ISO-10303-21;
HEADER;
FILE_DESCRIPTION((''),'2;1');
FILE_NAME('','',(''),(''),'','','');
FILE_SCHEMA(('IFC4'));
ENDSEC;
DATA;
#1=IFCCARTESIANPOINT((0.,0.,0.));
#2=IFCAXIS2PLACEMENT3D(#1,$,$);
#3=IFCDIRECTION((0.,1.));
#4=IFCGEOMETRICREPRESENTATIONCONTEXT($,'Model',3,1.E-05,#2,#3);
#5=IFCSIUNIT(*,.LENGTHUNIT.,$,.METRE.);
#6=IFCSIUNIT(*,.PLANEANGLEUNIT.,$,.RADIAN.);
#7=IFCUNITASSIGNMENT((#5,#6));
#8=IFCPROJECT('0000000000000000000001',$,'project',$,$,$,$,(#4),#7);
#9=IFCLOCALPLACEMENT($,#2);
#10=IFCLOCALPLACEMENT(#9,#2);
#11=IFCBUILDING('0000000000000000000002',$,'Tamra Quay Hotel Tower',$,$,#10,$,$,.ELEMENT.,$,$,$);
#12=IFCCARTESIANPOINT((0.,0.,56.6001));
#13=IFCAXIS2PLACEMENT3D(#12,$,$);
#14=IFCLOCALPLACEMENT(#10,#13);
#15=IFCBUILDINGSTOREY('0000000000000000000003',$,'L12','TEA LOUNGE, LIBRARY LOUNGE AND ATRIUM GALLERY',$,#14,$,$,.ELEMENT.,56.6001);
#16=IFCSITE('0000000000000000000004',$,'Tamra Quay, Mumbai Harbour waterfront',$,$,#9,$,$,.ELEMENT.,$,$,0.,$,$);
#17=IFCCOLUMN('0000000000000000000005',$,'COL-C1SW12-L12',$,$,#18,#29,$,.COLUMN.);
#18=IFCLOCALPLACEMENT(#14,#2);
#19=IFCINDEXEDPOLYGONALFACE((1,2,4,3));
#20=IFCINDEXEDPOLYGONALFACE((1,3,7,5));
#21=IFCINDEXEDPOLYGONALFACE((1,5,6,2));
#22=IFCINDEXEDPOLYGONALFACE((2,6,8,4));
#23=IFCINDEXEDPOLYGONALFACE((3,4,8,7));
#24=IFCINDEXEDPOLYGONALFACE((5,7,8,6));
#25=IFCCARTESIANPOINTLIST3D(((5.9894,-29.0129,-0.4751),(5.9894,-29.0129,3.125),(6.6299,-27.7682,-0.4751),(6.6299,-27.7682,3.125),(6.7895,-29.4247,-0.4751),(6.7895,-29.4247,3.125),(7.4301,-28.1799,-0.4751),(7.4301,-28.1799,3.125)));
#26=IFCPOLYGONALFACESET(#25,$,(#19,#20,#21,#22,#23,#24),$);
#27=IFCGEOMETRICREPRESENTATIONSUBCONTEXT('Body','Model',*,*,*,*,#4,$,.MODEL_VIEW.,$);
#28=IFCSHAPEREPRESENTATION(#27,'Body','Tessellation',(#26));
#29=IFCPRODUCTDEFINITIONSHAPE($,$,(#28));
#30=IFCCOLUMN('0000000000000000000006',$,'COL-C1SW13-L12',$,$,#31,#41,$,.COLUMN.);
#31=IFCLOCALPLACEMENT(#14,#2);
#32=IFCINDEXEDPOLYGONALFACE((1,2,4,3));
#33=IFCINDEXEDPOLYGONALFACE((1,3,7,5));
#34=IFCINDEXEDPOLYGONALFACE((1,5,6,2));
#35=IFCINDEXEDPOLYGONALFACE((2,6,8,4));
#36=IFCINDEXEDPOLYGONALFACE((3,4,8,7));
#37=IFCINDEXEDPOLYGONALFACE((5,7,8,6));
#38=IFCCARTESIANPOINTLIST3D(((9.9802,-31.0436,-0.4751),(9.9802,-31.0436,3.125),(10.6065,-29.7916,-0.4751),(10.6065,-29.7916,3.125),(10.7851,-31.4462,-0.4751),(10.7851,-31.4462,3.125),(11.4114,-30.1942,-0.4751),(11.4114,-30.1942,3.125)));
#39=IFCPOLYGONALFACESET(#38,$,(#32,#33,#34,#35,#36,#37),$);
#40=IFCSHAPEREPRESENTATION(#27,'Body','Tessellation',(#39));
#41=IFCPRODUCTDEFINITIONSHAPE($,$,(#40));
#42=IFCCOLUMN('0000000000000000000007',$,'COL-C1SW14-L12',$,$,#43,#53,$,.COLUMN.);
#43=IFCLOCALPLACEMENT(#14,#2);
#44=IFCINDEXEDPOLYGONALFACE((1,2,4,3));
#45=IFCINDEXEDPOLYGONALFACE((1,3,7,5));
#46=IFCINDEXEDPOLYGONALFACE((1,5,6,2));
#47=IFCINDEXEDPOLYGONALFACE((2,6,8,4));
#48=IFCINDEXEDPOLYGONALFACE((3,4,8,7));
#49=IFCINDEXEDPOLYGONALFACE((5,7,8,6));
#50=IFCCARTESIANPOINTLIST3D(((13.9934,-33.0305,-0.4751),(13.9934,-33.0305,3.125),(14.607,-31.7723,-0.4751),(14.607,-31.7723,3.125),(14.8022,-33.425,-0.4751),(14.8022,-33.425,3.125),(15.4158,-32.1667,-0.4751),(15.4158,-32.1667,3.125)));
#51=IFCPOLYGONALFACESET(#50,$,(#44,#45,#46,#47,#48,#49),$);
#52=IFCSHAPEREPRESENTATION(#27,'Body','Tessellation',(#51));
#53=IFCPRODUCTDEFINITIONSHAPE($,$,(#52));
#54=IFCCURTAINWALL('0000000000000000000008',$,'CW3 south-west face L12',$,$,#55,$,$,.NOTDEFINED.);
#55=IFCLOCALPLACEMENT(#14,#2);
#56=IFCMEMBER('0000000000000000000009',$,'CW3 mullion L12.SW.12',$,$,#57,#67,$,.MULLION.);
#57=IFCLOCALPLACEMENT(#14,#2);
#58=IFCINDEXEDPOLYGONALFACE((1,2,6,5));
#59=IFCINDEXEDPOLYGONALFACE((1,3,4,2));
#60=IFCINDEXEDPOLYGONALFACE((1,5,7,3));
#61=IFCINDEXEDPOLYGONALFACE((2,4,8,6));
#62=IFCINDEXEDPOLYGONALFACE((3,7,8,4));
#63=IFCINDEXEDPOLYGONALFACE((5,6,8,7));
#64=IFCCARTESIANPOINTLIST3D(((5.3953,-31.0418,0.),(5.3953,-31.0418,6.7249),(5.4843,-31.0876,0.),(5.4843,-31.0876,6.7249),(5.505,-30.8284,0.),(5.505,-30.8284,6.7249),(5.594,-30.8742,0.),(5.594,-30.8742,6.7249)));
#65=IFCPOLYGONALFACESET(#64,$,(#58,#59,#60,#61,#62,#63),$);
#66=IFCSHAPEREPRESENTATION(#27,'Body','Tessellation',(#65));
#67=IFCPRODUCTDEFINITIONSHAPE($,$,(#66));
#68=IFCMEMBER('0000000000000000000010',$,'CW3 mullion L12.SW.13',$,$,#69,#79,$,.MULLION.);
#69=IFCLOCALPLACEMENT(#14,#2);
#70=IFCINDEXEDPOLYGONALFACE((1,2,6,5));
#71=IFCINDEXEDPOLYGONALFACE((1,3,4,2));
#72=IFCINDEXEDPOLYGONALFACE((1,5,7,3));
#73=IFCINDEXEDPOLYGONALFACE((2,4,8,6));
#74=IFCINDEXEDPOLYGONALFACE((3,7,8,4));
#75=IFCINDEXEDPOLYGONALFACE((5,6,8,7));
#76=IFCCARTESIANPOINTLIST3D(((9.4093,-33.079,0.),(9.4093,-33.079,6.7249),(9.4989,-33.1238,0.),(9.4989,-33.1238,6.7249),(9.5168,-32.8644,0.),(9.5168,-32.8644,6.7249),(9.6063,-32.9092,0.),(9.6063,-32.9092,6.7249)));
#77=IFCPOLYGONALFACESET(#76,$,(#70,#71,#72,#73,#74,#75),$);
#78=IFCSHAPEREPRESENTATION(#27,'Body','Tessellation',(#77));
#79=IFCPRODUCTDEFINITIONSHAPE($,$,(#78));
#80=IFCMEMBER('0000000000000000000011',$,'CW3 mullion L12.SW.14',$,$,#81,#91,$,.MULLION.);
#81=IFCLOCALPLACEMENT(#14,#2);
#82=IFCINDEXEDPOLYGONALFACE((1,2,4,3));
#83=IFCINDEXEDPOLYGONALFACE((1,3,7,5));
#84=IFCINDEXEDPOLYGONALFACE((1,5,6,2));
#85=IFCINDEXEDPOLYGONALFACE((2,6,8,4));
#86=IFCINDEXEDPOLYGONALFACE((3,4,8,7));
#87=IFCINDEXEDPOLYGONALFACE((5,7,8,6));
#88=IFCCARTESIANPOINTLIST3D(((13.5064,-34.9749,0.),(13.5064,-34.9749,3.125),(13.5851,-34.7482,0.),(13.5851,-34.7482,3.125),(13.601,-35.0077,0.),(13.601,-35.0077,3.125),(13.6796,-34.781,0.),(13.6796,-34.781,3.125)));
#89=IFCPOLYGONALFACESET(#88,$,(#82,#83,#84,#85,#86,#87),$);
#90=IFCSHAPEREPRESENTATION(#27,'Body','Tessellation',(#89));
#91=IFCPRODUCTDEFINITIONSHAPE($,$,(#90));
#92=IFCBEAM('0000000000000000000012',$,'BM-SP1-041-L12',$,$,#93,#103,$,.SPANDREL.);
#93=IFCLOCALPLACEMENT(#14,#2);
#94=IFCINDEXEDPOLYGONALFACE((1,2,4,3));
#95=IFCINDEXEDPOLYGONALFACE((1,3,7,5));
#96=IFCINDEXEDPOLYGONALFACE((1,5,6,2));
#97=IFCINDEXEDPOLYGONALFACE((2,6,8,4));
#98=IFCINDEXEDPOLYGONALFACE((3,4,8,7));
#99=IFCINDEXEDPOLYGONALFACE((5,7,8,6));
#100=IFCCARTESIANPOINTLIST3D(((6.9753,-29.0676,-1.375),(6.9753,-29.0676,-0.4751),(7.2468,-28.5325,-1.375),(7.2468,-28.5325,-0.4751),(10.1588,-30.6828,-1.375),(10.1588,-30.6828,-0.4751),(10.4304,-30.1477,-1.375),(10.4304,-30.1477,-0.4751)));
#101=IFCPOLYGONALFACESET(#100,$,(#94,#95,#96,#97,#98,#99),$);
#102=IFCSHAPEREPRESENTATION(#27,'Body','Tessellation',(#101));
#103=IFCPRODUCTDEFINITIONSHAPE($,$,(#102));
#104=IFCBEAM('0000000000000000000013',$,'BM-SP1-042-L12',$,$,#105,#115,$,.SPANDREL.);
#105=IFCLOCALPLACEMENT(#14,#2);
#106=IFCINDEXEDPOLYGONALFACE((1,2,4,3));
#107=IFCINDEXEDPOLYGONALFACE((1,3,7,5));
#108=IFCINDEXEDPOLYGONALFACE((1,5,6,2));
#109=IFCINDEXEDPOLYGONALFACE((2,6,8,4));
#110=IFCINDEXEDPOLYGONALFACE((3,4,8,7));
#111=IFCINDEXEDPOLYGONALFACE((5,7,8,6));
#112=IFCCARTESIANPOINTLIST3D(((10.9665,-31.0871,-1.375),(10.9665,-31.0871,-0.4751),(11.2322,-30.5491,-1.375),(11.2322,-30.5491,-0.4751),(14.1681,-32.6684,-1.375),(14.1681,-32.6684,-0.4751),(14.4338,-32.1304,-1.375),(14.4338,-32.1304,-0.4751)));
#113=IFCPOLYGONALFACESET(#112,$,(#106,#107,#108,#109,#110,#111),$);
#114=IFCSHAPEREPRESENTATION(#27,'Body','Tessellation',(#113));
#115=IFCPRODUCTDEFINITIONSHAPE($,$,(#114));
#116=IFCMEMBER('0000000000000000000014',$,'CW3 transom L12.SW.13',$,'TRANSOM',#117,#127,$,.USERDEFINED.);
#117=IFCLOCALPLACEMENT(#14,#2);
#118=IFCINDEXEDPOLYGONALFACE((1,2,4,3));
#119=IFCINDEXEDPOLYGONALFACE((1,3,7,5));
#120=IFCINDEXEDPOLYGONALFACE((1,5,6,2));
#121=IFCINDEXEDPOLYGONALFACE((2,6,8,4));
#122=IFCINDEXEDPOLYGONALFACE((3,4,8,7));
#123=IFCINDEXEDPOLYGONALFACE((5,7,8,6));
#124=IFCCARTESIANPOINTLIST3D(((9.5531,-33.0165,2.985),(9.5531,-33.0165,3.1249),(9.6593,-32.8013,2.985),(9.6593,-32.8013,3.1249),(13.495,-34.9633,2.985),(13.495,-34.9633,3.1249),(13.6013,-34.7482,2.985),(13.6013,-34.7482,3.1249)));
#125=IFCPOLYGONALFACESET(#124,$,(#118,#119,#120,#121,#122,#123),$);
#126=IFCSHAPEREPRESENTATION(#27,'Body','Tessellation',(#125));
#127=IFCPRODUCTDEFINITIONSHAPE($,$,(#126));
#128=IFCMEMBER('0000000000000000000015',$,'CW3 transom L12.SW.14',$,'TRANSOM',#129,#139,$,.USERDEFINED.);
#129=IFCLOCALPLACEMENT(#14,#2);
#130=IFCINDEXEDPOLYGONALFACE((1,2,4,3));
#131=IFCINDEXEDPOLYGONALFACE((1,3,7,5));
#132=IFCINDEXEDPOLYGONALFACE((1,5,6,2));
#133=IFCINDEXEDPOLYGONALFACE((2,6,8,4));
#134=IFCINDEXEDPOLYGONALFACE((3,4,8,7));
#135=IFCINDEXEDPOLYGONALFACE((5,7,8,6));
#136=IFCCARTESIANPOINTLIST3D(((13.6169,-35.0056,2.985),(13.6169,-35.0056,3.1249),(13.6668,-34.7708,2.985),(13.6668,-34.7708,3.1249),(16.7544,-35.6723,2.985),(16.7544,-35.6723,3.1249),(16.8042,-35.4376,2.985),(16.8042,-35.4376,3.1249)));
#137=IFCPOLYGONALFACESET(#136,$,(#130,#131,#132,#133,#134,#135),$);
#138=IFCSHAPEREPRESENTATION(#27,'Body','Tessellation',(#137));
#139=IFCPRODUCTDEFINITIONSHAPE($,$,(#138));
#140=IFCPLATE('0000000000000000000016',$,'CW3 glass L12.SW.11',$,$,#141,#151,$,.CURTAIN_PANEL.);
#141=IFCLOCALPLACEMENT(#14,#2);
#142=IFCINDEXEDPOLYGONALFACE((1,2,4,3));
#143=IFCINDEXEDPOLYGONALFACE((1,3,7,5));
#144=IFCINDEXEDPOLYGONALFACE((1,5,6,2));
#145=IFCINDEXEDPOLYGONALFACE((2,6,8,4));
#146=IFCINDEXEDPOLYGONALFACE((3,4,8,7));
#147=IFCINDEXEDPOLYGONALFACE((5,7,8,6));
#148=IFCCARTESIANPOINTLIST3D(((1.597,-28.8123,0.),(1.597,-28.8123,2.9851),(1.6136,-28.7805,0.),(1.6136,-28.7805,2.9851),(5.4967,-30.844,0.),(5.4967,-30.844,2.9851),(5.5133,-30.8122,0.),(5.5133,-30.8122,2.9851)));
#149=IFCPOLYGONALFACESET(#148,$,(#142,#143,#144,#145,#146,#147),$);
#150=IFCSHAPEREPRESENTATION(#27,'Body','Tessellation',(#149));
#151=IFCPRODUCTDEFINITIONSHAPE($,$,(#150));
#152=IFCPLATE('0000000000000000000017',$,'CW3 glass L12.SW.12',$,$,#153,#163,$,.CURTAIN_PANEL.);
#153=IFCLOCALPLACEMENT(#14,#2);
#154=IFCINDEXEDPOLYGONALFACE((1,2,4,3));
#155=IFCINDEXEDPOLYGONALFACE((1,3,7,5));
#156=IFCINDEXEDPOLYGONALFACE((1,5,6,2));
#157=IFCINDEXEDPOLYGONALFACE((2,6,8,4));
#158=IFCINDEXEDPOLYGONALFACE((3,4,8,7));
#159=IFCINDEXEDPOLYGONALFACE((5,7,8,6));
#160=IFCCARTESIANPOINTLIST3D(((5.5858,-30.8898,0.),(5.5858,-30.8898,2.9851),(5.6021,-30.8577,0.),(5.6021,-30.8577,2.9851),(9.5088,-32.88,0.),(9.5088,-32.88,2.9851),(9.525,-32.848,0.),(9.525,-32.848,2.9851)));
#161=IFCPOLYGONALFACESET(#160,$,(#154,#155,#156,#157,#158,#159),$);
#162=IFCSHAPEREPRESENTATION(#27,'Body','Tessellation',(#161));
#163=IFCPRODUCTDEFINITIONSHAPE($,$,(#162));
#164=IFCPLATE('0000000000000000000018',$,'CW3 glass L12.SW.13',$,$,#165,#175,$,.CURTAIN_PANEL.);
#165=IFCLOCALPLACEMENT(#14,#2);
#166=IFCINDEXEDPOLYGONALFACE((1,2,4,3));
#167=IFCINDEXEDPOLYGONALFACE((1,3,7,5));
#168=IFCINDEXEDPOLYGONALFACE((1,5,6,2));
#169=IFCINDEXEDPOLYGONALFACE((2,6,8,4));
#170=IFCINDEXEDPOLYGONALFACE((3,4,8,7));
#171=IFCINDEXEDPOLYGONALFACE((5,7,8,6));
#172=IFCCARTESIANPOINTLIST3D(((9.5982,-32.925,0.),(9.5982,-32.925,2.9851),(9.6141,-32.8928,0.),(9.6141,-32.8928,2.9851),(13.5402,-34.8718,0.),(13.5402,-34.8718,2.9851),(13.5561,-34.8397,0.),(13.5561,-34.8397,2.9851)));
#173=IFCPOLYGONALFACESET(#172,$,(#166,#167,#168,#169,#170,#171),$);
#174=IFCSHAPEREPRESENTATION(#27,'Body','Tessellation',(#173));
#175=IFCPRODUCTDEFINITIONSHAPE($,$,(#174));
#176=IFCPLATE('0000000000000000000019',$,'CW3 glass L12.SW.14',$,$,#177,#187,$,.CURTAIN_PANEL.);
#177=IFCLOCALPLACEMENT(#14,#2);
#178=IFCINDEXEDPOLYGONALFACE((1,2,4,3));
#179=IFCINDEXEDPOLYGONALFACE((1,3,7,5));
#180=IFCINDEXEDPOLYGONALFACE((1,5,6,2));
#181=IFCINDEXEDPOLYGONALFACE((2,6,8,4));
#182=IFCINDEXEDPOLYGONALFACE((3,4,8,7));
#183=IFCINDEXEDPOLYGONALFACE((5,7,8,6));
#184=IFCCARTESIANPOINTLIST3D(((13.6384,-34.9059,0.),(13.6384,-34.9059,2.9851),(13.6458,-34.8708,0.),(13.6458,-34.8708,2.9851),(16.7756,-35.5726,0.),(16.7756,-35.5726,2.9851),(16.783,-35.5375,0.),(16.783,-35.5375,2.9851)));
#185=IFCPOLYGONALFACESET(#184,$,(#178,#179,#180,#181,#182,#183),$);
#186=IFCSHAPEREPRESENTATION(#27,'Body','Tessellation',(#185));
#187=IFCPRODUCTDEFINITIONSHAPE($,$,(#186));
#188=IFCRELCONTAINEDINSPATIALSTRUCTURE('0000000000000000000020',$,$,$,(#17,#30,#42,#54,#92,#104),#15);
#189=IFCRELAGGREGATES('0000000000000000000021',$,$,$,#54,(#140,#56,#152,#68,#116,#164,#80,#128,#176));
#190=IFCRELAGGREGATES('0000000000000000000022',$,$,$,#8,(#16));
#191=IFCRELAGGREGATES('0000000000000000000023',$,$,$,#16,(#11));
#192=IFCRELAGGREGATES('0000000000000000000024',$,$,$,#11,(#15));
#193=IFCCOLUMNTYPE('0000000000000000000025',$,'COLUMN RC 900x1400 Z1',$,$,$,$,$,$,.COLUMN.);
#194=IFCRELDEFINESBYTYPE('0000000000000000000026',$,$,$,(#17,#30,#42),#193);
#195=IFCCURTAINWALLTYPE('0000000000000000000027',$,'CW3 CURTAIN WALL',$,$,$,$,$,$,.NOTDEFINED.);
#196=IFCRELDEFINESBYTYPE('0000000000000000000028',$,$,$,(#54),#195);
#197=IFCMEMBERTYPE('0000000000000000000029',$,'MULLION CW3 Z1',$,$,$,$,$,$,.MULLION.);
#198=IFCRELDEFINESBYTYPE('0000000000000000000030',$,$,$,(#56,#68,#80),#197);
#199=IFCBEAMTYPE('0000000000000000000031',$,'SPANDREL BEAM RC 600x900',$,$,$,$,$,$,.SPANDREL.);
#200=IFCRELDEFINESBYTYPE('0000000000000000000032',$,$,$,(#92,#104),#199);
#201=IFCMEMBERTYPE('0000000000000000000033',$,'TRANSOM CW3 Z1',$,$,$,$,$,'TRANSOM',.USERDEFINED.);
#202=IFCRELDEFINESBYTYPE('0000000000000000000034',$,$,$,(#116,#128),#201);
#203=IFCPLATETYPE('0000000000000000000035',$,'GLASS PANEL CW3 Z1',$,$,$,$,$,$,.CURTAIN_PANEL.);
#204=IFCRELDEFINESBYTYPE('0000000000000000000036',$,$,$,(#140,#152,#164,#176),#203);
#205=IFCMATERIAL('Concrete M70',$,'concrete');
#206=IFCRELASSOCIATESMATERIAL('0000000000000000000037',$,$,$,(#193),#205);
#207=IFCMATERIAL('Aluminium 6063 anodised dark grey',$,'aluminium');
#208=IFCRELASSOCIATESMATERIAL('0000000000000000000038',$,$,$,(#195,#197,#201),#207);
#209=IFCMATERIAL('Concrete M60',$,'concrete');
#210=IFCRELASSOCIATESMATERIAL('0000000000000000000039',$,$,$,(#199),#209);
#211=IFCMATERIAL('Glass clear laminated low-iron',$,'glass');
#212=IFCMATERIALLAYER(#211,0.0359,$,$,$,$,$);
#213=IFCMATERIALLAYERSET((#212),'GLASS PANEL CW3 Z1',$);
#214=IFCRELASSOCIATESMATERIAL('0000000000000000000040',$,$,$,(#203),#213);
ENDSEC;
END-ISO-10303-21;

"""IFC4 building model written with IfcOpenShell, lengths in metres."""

from ifc_helpers import new_model, si_unit, direction, frame, origin, origin_2d, place, context, subcontext, project, spatial, rectangle, extrude, material, layer, layer_set, material_profile, profile_set, type_object, element, aggregate, save


model = new_model("IFC4")

# Units and contexts
model_context = context("Model", 3, precision=1e-05, world=origin(), true_north=direction((0.0, 1.0)))
body_context = subcontext(model_context, "Body", "Model", "MODEL_VIEW")
ifc_project = project(units=[si_unit("LENGTHUNIT", "METRE"), si_unit("PLANEANGLEUNIT", "RADIAN")], contexts=[model_context])

# Site, building, storey
site_placement = place(None, origin())
site = spatial("IfcSite", under=ifc_project, at=site_placement, Name="Tamra Quay, Mumbai Harbour waterfront", CompositionType="ELEMENT", RefElevation=0.0)
building_placement = place(site_placement, origin())
building = spatial("IfcBuilding", under=site, at=building_placement, Name="Tamra Quay Hotel Tower", CompositionType="ELEMENT")
storey_placement = place(building_placement, frame((0.0, 0.0, 56.6001)))
storey = spatial("IfcBuildingStorey", under=building, at=storey_placement, Name="L12", Description="TEA LOUNGE, LIBRARY LOUNGE AND ATRIUM GALLERY", CompositionType="ELEMENT", Elevation=56.6001)

# Columns
ifc_material_1 = material(Name="Concrete M70", Category="concrete")
ifc_material_profile_1 = material_profile(ifc_material_1, rectangle(XDim=1.3999, YDim=0.8999, at=origin_2d()), Name="COLUMN RC 900x1400 Z1")
ifc_profile_set_1 = profile_set([ifc_material_profile_1], Name="Concrete M70")
column_type = type_object("IfcColumnType", Name="COLUMN RC 900x1400 Z1", PredefinedType="COLUMN", material=ifc_profile_set_1)
for number, where, z_axis, x_axis, name in (
    (1, (6.7097, -28.5964, -0.4751), (0.0, 0.0, 1.0), (0.457548, 0.889185, 0.0), "COL-C1SW12-L12"),
    (2, (10.6958, -30.6189, -0.4751), (0.0, 0.0, 1.0), (0.447377, 0.894346, 0.0), "COL-C1SW13-L12"),
    (3, (14.7046, -32.5986, -0.4751), (0.0, 0.0, 1.0), (0.438341, 0.898809, 0.0), "COL-C1SW14-L12"),
):
    element("IfcColumn", number, at=place(storey_placement, frame(where, z_axis=z_axis, x_axis=x_axis)), inside=storey, type_object=column_type, Name=name, PredefinedType="COLUMN", context=body_context, shape_type="SweptSolid", body=[
        extrude(rectangle(XDim=1.3999, YDim=0.8999, at=origin_2d()), origin(), (0.0, 0.0, 1.0), 3.6001),
    ])

# Curtain wall, members
ifc_material_2 = material(Name="Aluminium 6063 anodised dark grey", Category="aluminium")
curtain_wall_type = type_object("IfcCurtainWallType", Name="CW3 CURTAIN WALL", PredefinedType="NOTDEFINED", material=ifc_material_2)
curtain_wall_placement = place(storey_placement, origin())
curtain_wall = element("IfcCurtainWall", 4, at=curtain_wall_placement, inside=storey, type_object=curtain_wall_type, Name="CW3 south-west face L12", PredefinedType="NOTDEFINED")
ifc_material_profile_2 = material_profile(ifc_material_2, rectangle(XDim=0.24, YDim=0.1001, at=origin_2d()), Name="MULLION 100X240")
ifc_profile_set_2 = profile_set([ifc_material_profile_2], Name="Aluminium 6063 anodised dark grey")
member_type_1 = type_object("IfcMemberType", Name="MULLION CW3 Z1", PredefinedType="MULLION", material=ifc_profile_set_2)
member_1_placement = place(storey_placement, frame((5.4946, -30.958, 0.0), z_axis=(0.0, 0.0, 1.0), x_axis=(-0.457254, -0.889336, 0.0)))
member_1 = element("IfcMember", 5, at=member_1_placement, type_object=member_type_1, Name="CW3 mullion L12.SW.12", PredefinedType="MULLION", context=body_context, shape_type="SweptSolid", body=[
    extrude(rectangle(XDim=0.24, YDim=0.1001, at=origin_2d()), origin(), (0.0, 0.0, 1.0), 6.7249),
])
member_2_placement = place(storey_placement, frame((9.5078, -32.9941, 0.0), z_axis=(0.0, 0.0, 1.0), x_axis=(-0.447641, -0.894213, 0.0)))
member_2 = element("IfcMember", 6, at=member_2_placement, type_object=member_type_1, Name="CW3 mullion L12.SW.13", PredefinedType="MULLION", context=body_context, shape_type="SweptSolid", body=[
    extrude(rectangle(XDim=0.24, YDim=0.1001, at=origin_2d()), origin(), (0.0, 0.0, 1.0), 6.7249),
])
member_3_placement = place(storey_placement, frame((13.593, -34.8779, 0.0), z_axis=(0.0, 0.0, 1.0), x_axis=(-0.327898, -0.944713, 0.0)))
member_3 = element("IfcMember", 7, at=member_3_placement, type_object=member_type_1, Name="CW3 mullion L12.SW.14", PredefinedType="MULLION", context=body_context, shape_type="SweptSolid", body=[
    extrude(rectangle(XDim=0.24, YDim=0.1001, at=origin_2d()), origin(), (0.0, 0.0, 1.0), 3.125),
])

# Beams
ifc_material_3 = material(Name="Concrete M60", Category="concrete")
ifc_material_profile_3 = material_profile(ifc_material_3, rectangle(XDim=0.6001, YDim=0.8999, at=origin_2d()), Name="SPANDREL BEAM RC 600x900")
ifc_profile_set_3 = profile_set([ifc_material_profile_3], Name="Concrete M60")
beam_type = type_object("IfcBeamType", Name="SPANDREL BEAM RC 600x900", PredefinedType="SPANDREL", material=ifc_profile_set_3)
beam_1_placement = place(storey_placement, frame((7.1111, -28.8, -0.925), z_axis=(0.891786, -0.452458, 0.0), x_axis=(0.452458, 0.891786, 0.0)))
element("IfcBeam", 8, at=beam_1_placement, inside=storey, type_object=beam_type, Name="BM-SP1-041-L12", PredefinedType="SPANDREL", context=body_context, shape_type="SweptSolid", body=[
    extrude(rectangle(XDim=0.6001, YDim=0.8999, at=origin_2d()), origin(), (0.0, 0.0, 1.0), 3.5698),
])
beam_2_placement = place(storey_placement, frame((11.0994, -30.8181, -0.925), z_axis=(0.896604, -0.442833, 0.0), x_axis=(0.442833, 0.896604, 0.0)))
element("IfcBeam", 9, at=beam_2_placement, inside=storey, type_object=beam_type, Name="BM-SP1-042-L12", PredefinedType="SPANDREL", context=body_context, shape_type="SweptSolid", body=[
    extrude(rectangle(XDim=0.6001, YDim=0.8999, at=origin_2d()), origin(), (0.0, 0.0, 1.0), 3.5708),
])

# Members
ifc_material_profile_4 = material_profile(ifc_material_2, rectangle(XDim=0.24, YDim=0.1399, at=origin_2d()), Name="TRANSOM 240X140")
ifc_profile_set_4 = profile_set([ifc_material_profile_4], Name="Aluminium 6063 anodised dark grey")
member_type_2 = type_object("IfcMemberType", Name="TRANSOM CW3 Z1", ElementType="TRANSOM", PredefinedType="USERDEFINED", material=ifc_profile_set_4)
member_4_placement = place(storey_placement, frame((9.6062, -32.9089, 3.0549), z_axis=(0.896615, -0.44281, 0.0), x_axis=(0.44281, 0.896615, 0.0)))
member_4 = element("IfcMember", 10, at=member_4_placement, type_object=member_type_2, Name="CW3 transom L12.SW.13", ObjectType="TRANSOM", PredefinedType="USERDEFINED", context=body_context, shape_type="SweptSolid", body=[
    extrude(rectangle(XDim=0.24, YDim=0.1399, at=origin_2d()), origin(), (0.0, 0.0, 1.0), 4.3965),
])
member_5_placement = place(storey_placement, frame((13.6418, -34.8882, 3.0549), z_axis=(0.978156, -0.207871, 0.0), x_axis=(0.207871, 0.978156, 0.0)))
member_5 = element("IfcMember", 11, at=member_5_placement, type_object=member_type_2, Name="CW3 transom L12.SW.14", ObjectType="TRANSOM", PredefinedType="USERDEFINED", context=body_context, shape_type="SweptSolid", body=[
    extrude(rectangle(XDim=0.24, YDim=0.1399, at=origin_2d()), origin(), (0.0, 0.0, 1.0), 3.2075),
])

# Plates
ifc_material_4 = material(Name="Glass clear laminated low-iron", Category="glass")
ifc_layer_1 = layer(ifc_material_4, 0.0359)
ifc_layer_set_1 = layer_set([ifc_layer_1], Name="GLASS PANEL CW3 Z1")
plate_type = type_object("IfcPlateType", Name="GLASS PANEL CW3 Z1", PredefinedType="CURTAIN_PANEL", material=ifc_layer_set_1)
plate_1_placement = place(storey_placement, frame((3.5552, -29.8123, 0.0), z_axis=(0.0, 0.0, 1.0), x_axis=(0.886856, -0.462045, 0.0)))
plate_1 = element("IfcPlate", 12, at=plate_1_placement, type_object=plate_type, Name="CW3 glass L12.SW.11", PredefinedType="CURTAIN_PANEL", context=body_context, shape_type="SweptSolid", body=[
    extrude(rectangle(XDim=4.3972, YDim=0.0359, at=origin_2d()), origin(), (0.0, 0.0, 1.0), 2.9851),
])
plate_2_placement = place(storey_placement, frame((7.5554, -31.8689, 0.0), z_axis=(0.0, 0.0, 1.0), x_axis=(0.89179, -0.45245, 0.0)))
plate_2 = element("IfcPlate", 13, at=plate_2_placement, type_object=plate_type, Name="CW3 glass L12.SW.12", PredefinedType="CURTAIN_PANEL", context=body_context, shape_type="SweptSolid", body=[
    extrude(rectangle(XDim=4.3989, YDim=0.0359, at=origin_2d()), origin(), (0.0, 0.0, 1.0), 2.9851),
])
plate_3_placement = place(storey_placement, frame((11.5771, -33.8823, 0.0), z_axis=(0.0, 0.0, 1.0), x_axis=(0.896611, -0.442819, 0.0)))
plate_3 = element("IfcPlate", 14, at=plate_3_placement, type_object=plate_type, Name="CW3 glass L12.SW.13", PredefinedType="CURTAIN_PANEL", context=body_context, shape_type="SweptSolid", body=[
    extrude(rectangle(XDim=4.3965, YDim=0.0359, at=origin_2d()), origin(), (0.0, 0.0, 1.0), 2.9851),
])
plate_4_placement = place(storey_placement, frame((15.2107, -35.2217, 0.0), z_axis=(0.0, 0.0, 1.0), x_axis=(0.978153, -0.207887, 0.0)))
plate_4 = element("IfcPlate", 15, at=plate_4_placement, type_object=plate_type, Name="CW3 glass L12.SW.14", PredefinedType="CURTAIN_PANEL", context=body_context, shape_type="SweptSolid", body=[
    extrude(rectangle(XDim=3.2073, YDim=0.0359, at=origin_2d()), origin(), (0.0, 0.0, 1.0), 2.9851),
])
aggregate(curtain_wall, [plate_1, member_1, plate_2, member_2, member_4, plate_3, member_3, member_5, plate_4])

save(model, "model.ifc")
